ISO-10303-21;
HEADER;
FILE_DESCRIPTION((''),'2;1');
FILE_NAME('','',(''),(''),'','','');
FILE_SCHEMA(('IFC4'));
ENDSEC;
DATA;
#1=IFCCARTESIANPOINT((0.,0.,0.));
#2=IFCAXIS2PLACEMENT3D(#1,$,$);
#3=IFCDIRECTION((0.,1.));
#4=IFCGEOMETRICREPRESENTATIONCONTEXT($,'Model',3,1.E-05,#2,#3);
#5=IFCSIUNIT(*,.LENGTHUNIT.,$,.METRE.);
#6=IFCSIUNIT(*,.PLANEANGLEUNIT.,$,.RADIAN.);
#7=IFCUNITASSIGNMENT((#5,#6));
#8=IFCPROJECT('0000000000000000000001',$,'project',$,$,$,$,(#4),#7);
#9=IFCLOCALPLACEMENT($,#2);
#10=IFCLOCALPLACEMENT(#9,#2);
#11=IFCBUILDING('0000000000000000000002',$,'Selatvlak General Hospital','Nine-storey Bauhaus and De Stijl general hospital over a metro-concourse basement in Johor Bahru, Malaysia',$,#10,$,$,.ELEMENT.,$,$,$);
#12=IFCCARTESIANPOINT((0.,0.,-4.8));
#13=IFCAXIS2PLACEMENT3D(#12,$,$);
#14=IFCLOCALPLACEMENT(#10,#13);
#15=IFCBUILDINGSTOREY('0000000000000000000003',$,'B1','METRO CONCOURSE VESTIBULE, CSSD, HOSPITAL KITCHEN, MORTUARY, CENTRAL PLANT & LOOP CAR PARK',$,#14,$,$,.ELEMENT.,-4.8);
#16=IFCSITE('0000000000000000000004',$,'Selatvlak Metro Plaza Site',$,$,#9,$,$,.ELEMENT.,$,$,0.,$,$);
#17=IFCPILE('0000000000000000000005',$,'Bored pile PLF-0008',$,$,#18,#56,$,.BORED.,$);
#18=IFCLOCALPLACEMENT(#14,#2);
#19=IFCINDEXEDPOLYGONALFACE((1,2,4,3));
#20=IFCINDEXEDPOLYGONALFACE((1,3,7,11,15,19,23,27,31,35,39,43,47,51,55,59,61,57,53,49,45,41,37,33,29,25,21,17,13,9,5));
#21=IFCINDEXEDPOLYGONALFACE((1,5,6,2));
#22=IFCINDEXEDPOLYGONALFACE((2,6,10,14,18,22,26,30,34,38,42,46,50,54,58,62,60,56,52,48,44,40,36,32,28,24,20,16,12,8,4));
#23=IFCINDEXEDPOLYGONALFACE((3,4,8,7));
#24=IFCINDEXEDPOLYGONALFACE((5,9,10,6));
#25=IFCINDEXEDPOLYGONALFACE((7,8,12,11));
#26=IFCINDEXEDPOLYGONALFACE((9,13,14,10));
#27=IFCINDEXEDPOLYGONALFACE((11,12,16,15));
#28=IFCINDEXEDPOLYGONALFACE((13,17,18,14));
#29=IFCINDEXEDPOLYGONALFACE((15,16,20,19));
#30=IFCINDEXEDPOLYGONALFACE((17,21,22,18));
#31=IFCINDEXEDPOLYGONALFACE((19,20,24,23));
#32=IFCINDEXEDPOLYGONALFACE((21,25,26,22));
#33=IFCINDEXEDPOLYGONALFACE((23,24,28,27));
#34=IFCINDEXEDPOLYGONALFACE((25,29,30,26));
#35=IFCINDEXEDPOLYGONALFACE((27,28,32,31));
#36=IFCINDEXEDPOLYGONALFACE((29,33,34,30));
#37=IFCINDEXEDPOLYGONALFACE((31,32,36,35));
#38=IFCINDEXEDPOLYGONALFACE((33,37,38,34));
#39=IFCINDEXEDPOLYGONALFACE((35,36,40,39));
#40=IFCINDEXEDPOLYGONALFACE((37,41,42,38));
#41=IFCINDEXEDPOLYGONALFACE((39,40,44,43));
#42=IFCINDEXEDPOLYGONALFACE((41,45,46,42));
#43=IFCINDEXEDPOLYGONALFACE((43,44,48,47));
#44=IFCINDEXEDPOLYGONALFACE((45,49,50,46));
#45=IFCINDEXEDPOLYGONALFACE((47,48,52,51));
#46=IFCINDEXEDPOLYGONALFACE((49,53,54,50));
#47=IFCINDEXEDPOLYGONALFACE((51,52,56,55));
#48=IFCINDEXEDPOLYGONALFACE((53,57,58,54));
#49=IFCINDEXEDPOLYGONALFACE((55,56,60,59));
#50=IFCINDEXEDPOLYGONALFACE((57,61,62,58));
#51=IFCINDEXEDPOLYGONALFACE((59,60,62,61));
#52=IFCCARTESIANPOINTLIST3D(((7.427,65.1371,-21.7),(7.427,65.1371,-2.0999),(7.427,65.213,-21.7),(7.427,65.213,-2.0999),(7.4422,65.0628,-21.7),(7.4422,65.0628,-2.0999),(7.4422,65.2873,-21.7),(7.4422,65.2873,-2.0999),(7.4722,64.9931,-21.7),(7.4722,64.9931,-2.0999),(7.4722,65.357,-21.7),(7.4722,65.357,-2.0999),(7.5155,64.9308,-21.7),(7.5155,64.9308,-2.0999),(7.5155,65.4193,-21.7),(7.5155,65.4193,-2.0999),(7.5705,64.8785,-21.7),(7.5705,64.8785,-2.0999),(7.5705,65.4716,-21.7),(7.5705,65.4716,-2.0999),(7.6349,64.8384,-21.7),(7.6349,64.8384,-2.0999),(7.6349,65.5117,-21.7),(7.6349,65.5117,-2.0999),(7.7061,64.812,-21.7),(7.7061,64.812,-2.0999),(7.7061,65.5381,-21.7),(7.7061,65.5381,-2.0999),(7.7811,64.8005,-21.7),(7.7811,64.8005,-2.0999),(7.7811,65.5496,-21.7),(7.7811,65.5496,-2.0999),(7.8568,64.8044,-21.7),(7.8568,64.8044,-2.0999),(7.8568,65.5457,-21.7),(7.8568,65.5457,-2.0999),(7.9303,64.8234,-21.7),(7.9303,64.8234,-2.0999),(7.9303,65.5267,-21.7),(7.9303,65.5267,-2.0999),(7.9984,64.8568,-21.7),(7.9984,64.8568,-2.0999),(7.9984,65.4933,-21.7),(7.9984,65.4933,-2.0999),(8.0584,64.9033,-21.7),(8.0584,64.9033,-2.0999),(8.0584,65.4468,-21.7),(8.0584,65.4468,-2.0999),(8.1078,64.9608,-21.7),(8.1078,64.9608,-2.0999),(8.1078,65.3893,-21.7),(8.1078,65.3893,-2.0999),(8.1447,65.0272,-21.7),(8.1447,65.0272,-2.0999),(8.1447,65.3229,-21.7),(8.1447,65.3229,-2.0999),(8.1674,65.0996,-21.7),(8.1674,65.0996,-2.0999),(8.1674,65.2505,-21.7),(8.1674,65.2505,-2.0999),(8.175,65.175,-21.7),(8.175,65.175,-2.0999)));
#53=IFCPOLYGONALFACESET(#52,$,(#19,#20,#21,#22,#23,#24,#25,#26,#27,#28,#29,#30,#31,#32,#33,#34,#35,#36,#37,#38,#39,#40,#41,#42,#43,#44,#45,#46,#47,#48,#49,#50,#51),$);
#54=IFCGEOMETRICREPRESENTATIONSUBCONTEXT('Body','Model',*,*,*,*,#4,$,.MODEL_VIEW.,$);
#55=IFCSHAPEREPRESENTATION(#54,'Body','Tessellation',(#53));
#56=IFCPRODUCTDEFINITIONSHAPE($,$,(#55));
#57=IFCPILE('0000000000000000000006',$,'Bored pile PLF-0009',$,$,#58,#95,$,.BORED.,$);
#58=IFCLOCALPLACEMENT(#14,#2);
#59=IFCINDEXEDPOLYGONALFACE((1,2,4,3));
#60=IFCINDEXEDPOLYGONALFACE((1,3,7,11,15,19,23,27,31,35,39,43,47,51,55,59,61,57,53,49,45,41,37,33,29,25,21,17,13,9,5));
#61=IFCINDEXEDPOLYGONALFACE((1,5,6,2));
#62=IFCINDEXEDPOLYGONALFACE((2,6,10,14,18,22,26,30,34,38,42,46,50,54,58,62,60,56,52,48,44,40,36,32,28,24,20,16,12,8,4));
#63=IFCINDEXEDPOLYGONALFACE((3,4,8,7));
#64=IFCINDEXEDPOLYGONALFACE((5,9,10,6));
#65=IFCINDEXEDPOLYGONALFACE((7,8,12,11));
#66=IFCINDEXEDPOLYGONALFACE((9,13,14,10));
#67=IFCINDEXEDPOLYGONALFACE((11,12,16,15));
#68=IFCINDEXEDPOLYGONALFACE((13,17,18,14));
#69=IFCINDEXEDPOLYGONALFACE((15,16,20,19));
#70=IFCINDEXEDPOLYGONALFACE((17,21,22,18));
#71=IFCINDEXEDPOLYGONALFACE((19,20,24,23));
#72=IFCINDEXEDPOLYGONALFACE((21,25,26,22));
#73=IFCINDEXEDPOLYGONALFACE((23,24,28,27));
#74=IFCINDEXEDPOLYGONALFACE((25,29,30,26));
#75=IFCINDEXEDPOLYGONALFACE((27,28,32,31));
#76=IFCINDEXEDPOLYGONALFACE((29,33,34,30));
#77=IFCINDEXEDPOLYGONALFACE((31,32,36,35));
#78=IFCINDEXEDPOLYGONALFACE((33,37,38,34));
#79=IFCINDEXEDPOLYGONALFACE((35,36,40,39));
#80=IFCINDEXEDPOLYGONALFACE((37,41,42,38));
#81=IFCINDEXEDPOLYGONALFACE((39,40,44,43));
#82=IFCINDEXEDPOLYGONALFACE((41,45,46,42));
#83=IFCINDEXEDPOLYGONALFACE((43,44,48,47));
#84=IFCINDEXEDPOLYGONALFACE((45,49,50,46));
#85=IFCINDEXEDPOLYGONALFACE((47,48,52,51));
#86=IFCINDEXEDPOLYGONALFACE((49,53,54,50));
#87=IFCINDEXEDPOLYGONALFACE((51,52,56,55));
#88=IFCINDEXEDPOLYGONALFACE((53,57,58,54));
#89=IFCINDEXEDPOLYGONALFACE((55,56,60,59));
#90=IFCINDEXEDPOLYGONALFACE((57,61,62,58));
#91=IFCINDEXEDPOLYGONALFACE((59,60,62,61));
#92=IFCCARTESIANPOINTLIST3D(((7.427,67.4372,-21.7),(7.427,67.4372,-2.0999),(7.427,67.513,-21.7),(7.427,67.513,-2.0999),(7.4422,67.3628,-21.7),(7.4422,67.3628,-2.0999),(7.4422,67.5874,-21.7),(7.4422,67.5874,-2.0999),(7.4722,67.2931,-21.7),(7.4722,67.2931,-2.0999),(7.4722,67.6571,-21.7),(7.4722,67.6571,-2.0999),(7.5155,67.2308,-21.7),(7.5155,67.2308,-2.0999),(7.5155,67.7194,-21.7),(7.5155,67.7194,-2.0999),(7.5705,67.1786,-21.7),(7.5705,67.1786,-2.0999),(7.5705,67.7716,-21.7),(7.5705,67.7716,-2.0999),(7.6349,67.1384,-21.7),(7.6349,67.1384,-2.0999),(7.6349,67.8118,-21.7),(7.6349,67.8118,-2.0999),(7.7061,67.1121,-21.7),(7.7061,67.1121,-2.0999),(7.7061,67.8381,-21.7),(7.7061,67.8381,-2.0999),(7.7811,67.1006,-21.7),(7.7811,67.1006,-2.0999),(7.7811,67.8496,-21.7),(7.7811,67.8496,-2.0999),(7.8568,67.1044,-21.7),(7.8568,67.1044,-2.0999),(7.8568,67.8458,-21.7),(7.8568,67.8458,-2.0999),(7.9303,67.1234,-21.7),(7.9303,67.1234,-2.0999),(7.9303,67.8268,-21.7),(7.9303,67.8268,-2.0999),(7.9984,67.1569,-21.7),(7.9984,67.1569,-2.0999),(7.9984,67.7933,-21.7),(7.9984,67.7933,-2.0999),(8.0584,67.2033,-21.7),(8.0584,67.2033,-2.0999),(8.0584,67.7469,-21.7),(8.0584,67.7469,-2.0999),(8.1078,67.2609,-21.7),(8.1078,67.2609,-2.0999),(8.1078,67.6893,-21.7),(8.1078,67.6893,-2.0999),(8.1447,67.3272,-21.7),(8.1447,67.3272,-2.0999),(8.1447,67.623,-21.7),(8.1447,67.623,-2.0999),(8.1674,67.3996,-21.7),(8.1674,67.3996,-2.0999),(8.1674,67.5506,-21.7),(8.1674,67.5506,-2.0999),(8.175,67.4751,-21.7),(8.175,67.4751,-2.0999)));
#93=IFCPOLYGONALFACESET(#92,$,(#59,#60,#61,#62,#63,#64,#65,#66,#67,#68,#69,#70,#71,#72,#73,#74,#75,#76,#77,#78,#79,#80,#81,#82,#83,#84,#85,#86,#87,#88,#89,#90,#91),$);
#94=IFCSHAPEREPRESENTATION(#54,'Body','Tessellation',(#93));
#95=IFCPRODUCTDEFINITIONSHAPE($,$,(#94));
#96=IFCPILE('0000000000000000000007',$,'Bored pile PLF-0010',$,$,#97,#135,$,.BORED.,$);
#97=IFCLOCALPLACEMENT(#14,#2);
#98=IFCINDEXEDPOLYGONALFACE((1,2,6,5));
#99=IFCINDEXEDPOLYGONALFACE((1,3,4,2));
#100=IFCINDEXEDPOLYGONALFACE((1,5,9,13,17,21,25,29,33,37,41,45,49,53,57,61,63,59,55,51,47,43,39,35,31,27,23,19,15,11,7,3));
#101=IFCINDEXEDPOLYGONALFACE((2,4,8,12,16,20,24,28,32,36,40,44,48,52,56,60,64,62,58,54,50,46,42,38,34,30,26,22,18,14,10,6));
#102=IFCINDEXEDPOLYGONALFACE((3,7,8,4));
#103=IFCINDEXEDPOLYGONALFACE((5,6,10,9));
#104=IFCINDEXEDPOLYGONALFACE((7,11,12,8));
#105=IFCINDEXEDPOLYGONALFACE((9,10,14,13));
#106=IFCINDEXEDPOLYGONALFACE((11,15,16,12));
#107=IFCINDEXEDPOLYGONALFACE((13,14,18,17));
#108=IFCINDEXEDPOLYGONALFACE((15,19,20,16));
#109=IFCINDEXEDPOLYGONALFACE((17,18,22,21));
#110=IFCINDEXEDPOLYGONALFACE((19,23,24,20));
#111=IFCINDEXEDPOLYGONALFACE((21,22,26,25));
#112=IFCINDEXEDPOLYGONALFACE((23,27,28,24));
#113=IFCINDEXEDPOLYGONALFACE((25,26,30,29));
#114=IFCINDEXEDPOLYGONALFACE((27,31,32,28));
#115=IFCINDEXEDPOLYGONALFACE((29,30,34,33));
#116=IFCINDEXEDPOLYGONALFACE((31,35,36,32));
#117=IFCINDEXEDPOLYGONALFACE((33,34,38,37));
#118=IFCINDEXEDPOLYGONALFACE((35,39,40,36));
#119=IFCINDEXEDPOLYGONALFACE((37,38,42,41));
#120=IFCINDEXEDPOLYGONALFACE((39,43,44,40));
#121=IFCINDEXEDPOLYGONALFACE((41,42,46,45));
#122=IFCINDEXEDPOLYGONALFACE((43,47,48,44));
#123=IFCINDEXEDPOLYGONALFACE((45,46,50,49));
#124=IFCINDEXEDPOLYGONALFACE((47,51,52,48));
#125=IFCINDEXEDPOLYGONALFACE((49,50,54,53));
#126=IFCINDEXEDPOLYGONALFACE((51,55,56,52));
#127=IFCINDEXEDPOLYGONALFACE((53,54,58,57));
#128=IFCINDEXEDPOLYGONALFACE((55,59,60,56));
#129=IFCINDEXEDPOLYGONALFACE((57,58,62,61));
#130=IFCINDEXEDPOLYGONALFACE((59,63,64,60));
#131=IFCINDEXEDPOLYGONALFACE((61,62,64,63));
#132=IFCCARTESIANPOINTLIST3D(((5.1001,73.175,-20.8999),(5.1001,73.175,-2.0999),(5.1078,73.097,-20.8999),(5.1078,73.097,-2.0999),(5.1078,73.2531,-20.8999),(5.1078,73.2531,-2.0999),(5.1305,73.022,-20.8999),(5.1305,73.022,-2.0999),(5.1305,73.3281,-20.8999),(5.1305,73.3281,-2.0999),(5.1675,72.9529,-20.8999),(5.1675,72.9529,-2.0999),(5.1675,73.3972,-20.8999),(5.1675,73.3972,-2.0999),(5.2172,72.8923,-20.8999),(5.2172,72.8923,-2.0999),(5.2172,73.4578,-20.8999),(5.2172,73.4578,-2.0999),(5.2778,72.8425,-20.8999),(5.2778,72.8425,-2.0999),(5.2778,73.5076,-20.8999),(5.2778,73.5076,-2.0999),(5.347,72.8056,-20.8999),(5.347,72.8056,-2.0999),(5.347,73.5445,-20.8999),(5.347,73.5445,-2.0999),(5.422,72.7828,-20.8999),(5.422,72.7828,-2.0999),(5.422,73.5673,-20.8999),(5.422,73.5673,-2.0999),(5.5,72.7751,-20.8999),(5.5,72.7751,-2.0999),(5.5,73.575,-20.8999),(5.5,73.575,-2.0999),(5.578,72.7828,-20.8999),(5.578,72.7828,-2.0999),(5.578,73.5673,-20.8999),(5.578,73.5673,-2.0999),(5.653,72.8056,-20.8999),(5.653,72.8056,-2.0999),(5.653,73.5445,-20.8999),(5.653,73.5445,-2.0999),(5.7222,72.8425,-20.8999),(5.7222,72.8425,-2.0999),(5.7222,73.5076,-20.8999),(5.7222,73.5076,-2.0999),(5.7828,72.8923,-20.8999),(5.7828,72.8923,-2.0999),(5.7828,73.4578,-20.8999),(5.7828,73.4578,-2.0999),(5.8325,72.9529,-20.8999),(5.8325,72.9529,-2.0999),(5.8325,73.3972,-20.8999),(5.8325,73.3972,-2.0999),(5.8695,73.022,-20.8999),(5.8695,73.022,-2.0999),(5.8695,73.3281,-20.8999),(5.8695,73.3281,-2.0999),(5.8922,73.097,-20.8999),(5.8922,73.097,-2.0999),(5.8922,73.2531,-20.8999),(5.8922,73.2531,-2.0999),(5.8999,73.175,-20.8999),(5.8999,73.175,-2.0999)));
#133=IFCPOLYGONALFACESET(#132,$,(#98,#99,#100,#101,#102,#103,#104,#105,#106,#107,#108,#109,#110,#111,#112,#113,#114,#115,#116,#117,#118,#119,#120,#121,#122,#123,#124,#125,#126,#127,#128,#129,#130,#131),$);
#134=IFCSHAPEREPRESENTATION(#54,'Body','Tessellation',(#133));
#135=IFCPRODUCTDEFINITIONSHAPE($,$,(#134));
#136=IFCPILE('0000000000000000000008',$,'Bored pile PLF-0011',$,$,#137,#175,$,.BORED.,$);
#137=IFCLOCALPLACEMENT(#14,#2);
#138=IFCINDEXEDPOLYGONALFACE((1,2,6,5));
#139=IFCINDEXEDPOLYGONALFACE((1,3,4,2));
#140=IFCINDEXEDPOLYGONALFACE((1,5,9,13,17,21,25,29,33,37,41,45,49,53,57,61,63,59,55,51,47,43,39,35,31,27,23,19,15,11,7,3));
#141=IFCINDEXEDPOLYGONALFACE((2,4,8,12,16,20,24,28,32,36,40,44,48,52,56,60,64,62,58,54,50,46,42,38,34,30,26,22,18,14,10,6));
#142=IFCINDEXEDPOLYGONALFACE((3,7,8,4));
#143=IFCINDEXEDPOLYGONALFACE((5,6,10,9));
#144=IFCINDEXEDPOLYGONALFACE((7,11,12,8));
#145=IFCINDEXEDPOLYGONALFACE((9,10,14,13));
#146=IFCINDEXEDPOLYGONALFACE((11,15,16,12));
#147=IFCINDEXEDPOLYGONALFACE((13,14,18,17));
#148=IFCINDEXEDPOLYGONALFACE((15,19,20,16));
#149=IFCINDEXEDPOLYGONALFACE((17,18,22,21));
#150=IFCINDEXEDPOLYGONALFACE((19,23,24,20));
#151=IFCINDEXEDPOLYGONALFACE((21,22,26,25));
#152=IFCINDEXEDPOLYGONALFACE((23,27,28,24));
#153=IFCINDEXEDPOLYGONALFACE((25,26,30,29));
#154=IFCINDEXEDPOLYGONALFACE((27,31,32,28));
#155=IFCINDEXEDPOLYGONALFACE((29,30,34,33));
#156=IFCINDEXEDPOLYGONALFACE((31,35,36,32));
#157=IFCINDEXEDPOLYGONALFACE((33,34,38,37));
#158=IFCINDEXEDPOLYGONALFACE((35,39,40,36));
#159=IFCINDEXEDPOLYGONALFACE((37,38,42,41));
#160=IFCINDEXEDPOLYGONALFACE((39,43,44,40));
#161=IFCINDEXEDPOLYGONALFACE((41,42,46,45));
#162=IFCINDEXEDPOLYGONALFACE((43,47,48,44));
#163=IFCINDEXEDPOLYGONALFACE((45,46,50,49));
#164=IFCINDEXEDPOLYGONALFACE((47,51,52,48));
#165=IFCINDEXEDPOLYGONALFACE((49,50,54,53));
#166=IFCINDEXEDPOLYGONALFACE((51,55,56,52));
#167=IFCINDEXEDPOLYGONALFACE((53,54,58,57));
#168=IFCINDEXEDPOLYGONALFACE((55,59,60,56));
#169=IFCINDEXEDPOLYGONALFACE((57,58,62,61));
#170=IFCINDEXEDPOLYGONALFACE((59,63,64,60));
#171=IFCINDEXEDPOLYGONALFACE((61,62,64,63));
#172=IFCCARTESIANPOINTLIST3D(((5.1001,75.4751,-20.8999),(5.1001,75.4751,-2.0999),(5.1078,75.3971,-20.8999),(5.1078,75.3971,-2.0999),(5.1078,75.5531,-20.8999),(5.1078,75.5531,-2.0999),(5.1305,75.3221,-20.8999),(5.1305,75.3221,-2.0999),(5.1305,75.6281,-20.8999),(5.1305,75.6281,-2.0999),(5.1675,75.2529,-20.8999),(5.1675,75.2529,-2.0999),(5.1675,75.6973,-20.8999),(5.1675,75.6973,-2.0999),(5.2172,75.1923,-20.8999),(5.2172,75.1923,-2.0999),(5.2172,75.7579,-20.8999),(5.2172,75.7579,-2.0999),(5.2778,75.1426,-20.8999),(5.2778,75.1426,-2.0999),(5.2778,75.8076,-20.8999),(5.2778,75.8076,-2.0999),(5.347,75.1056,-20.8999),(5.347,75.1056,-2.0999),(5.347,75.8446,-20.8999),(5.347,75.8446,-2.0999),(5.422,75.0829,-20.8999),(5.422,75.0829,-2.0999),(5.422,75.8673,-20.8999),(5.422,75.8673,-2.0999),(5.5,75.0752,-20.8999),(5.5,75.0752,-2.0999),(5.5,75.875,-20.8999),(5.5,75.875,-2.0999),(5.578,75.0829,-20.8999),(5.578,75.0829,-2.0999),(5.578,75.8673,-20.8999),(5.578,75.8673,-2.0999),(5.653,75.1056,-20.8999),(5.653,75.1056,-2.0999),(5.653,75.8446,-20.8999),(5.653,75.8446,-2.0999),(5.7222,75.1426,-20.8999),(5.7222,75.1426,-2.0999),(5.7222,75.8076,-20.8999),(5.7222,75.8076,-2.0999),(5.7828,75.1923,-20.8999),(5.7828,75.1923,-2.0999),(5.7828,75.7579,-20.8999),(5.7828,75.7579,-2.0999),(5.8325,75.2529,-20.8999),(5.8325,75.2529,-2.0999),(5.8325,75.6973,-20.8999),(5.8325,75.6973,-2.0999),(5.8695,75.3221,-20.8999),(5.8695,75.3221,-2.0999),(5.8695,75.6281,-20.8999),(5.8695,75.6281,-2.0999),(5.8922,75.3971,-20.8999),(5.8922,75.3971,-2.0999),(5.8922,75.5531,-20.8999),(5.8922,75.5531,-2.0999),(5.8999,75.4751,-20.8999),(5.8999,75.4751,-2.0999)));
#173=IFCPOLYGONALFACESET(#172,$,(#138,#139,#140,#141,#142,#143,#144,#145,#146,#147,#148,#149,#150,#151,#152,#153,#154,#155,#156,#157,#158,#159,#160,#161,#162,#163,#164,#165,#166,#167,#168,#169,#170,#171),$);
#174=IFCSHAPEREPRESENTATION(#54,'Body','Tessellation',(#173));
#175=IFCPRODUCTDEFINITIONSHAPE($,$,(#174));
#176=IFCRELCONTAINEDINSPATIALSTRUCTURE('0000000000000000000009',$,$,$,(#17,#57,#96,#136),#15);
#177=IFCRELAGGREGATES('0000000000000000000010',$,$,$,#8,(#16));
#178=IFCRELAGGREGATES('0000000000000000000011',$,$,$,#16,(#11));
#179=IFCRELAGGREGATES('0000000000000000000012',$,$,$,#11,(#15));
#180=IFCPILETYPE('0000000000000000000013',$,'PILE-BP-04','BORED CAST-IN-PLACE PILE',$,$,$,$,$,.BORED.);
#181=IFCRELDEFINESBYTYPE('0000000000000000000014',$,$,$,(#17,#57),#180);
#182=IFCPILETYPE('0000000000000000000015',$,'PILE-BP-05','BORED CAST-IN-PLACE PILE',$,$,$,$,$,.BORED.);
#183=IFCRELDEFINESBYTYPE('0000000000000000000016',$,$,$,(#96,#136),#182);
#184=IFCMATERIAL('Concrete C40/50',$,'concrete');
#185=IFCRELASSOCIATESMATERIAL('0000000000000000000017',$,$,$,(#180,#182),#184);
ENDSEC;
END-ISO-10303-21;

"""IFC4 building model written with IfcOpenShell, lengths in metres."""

from ifc_helpers import new_model, si_unit, direction, frame, origin, origin_2d, place, context, subcontext, project, spatial, circle, extrude, material, material_profile, profile_set, type_object, element, save


model = new_model("IFC4")

# Units and contexts
model_context = context("Model", 3, precision=1e-05, world=origin(), true_north=direction((0.0, 1.0)))
body_context = subcontext(model_context, "Body", "Model", "MODEL_VIEW")
ifc_project = project(units=[si_unit("LENGTHUNIT", "METRE"), si_unit("PLANEANGLEUNIT", "RADIAN")], contexts=[model_context])

# Site, building, storey
site_placement = place(None, origin())
site = spatial("IfcSite", under=ifc_project, at=site_placement, Name="Selatvlak Metro Plaza Site", CompositionType="ELEMENT", RefElevation=0.0)
building_placement = place(site_placement, origin())
building = spatial("IfcBuilding", under=site, at=building_placement, Name="Selatvlak General Hospital", Description="Nine-storey Bauhaus and De Stijl general hospital over a metro-concourse basement in Johor Bahru, Malaysia", CompositionType="ELEMENT")
storey_placement = place(building_placement, frame((0.0, 0.0, -4.8)))
storey = spatial("IfcBuildingStorey", under=building, at=storey_placement, Name="B1", Description="METRO CONCOURSE VESTIBULE, CSSD, HOSPITAL KITCHEN, MORTUARY, CENTRAL PLANT & LOOP CAR PARK", CompositionType="ELEMENT", Elevation=-4.8)

# Shared definitions
ifc_material_1 = material(Name="Concrete C40/50", Category="concrete")

# Piles
ifc_material_profile_1 = material_profile(ifc_material_1, circle(Radius=0.375, at=origin_2d()), Name="BORED PILE 750")
ifc_profile_set_1 = profile_set([ifc_material_profile_1], Name="Concrete C40/50")
pile_type_1 = type_object("IfcPileType", Name="PILE-BP-04", Description="BORED CAST-IN-PLACE PILE", PredefinedType="BORED", material=ifc_profile_set_1)
for number, where, z_axis, x_axis, name in (
    (1, (7.8, 65.175, -2.0999), (0.0, 0.0, -1.0), (1.0, 0.0, 0.0), "Bored pile PLF-0008"),
    (2, (7.8, 67.4751, -2.0999), (0.0, 0.0, -1.0), (1.0, 0.0, 0.0), "Bored pile PLF-0009"),
):
    element("IfcPile", number, at=place(storey_placement, frame(where, z_axis=z_axis, x_axis=x_axis)), inside=storey, type_object=pile_type_1, Name=name, PredefinedType="BORED", context=body_context, shape_type="SweptSolid", body=[
        extrude(circle(Radius=0.375, at=origin_2d()), origin(), (0.0, 0.0, 1.0), 19.6001),
    ])
ifc_material_profile_2 = material_profile(ifc_material_1, circle(Radius=0.3999, at=origin_2d()), Name="BORED PILE 800")
ifc_profile_set_2 = profile_set([ifc_material_profile_2], Name="Concrete C40/50")
pile_type_2 = type_object("IfcPileType", Name="PILE-BP-05", Description="BORED CAST-IN-PLACE PILE", PredefinedType="BORED", material=ifc_profile_set_2)
for number, where, z_axis, x_axis, name in (
    (3, (5.5, 73.175, -2.0999), (0.0, 0.0, -1.0), (1.0, 0.0, 0.0), "Bored pile PLF-0010"),
    (4, (5.5, 75.4751, -2.0999), (0.0, 0.0, -1.0), (1.0, 0.0, 0.0), "Bored pile PLF-0011"),
):
    element("IfcPile", number, at=place(storey_placement, frame(where, z_axis=z_axis, x_axis=x_axis)), inside=storey, type_object=pile_type_2, Name=name, PredefinedType="BORED", context=body_context, shape_type="SweptSolid", body=[
        extrude(circle(Radius=0.3999, at=origin_2d()), origin(), (0.0, 0.0, 1.0), 18.8),
    ])

save(model, "model.ifc")
